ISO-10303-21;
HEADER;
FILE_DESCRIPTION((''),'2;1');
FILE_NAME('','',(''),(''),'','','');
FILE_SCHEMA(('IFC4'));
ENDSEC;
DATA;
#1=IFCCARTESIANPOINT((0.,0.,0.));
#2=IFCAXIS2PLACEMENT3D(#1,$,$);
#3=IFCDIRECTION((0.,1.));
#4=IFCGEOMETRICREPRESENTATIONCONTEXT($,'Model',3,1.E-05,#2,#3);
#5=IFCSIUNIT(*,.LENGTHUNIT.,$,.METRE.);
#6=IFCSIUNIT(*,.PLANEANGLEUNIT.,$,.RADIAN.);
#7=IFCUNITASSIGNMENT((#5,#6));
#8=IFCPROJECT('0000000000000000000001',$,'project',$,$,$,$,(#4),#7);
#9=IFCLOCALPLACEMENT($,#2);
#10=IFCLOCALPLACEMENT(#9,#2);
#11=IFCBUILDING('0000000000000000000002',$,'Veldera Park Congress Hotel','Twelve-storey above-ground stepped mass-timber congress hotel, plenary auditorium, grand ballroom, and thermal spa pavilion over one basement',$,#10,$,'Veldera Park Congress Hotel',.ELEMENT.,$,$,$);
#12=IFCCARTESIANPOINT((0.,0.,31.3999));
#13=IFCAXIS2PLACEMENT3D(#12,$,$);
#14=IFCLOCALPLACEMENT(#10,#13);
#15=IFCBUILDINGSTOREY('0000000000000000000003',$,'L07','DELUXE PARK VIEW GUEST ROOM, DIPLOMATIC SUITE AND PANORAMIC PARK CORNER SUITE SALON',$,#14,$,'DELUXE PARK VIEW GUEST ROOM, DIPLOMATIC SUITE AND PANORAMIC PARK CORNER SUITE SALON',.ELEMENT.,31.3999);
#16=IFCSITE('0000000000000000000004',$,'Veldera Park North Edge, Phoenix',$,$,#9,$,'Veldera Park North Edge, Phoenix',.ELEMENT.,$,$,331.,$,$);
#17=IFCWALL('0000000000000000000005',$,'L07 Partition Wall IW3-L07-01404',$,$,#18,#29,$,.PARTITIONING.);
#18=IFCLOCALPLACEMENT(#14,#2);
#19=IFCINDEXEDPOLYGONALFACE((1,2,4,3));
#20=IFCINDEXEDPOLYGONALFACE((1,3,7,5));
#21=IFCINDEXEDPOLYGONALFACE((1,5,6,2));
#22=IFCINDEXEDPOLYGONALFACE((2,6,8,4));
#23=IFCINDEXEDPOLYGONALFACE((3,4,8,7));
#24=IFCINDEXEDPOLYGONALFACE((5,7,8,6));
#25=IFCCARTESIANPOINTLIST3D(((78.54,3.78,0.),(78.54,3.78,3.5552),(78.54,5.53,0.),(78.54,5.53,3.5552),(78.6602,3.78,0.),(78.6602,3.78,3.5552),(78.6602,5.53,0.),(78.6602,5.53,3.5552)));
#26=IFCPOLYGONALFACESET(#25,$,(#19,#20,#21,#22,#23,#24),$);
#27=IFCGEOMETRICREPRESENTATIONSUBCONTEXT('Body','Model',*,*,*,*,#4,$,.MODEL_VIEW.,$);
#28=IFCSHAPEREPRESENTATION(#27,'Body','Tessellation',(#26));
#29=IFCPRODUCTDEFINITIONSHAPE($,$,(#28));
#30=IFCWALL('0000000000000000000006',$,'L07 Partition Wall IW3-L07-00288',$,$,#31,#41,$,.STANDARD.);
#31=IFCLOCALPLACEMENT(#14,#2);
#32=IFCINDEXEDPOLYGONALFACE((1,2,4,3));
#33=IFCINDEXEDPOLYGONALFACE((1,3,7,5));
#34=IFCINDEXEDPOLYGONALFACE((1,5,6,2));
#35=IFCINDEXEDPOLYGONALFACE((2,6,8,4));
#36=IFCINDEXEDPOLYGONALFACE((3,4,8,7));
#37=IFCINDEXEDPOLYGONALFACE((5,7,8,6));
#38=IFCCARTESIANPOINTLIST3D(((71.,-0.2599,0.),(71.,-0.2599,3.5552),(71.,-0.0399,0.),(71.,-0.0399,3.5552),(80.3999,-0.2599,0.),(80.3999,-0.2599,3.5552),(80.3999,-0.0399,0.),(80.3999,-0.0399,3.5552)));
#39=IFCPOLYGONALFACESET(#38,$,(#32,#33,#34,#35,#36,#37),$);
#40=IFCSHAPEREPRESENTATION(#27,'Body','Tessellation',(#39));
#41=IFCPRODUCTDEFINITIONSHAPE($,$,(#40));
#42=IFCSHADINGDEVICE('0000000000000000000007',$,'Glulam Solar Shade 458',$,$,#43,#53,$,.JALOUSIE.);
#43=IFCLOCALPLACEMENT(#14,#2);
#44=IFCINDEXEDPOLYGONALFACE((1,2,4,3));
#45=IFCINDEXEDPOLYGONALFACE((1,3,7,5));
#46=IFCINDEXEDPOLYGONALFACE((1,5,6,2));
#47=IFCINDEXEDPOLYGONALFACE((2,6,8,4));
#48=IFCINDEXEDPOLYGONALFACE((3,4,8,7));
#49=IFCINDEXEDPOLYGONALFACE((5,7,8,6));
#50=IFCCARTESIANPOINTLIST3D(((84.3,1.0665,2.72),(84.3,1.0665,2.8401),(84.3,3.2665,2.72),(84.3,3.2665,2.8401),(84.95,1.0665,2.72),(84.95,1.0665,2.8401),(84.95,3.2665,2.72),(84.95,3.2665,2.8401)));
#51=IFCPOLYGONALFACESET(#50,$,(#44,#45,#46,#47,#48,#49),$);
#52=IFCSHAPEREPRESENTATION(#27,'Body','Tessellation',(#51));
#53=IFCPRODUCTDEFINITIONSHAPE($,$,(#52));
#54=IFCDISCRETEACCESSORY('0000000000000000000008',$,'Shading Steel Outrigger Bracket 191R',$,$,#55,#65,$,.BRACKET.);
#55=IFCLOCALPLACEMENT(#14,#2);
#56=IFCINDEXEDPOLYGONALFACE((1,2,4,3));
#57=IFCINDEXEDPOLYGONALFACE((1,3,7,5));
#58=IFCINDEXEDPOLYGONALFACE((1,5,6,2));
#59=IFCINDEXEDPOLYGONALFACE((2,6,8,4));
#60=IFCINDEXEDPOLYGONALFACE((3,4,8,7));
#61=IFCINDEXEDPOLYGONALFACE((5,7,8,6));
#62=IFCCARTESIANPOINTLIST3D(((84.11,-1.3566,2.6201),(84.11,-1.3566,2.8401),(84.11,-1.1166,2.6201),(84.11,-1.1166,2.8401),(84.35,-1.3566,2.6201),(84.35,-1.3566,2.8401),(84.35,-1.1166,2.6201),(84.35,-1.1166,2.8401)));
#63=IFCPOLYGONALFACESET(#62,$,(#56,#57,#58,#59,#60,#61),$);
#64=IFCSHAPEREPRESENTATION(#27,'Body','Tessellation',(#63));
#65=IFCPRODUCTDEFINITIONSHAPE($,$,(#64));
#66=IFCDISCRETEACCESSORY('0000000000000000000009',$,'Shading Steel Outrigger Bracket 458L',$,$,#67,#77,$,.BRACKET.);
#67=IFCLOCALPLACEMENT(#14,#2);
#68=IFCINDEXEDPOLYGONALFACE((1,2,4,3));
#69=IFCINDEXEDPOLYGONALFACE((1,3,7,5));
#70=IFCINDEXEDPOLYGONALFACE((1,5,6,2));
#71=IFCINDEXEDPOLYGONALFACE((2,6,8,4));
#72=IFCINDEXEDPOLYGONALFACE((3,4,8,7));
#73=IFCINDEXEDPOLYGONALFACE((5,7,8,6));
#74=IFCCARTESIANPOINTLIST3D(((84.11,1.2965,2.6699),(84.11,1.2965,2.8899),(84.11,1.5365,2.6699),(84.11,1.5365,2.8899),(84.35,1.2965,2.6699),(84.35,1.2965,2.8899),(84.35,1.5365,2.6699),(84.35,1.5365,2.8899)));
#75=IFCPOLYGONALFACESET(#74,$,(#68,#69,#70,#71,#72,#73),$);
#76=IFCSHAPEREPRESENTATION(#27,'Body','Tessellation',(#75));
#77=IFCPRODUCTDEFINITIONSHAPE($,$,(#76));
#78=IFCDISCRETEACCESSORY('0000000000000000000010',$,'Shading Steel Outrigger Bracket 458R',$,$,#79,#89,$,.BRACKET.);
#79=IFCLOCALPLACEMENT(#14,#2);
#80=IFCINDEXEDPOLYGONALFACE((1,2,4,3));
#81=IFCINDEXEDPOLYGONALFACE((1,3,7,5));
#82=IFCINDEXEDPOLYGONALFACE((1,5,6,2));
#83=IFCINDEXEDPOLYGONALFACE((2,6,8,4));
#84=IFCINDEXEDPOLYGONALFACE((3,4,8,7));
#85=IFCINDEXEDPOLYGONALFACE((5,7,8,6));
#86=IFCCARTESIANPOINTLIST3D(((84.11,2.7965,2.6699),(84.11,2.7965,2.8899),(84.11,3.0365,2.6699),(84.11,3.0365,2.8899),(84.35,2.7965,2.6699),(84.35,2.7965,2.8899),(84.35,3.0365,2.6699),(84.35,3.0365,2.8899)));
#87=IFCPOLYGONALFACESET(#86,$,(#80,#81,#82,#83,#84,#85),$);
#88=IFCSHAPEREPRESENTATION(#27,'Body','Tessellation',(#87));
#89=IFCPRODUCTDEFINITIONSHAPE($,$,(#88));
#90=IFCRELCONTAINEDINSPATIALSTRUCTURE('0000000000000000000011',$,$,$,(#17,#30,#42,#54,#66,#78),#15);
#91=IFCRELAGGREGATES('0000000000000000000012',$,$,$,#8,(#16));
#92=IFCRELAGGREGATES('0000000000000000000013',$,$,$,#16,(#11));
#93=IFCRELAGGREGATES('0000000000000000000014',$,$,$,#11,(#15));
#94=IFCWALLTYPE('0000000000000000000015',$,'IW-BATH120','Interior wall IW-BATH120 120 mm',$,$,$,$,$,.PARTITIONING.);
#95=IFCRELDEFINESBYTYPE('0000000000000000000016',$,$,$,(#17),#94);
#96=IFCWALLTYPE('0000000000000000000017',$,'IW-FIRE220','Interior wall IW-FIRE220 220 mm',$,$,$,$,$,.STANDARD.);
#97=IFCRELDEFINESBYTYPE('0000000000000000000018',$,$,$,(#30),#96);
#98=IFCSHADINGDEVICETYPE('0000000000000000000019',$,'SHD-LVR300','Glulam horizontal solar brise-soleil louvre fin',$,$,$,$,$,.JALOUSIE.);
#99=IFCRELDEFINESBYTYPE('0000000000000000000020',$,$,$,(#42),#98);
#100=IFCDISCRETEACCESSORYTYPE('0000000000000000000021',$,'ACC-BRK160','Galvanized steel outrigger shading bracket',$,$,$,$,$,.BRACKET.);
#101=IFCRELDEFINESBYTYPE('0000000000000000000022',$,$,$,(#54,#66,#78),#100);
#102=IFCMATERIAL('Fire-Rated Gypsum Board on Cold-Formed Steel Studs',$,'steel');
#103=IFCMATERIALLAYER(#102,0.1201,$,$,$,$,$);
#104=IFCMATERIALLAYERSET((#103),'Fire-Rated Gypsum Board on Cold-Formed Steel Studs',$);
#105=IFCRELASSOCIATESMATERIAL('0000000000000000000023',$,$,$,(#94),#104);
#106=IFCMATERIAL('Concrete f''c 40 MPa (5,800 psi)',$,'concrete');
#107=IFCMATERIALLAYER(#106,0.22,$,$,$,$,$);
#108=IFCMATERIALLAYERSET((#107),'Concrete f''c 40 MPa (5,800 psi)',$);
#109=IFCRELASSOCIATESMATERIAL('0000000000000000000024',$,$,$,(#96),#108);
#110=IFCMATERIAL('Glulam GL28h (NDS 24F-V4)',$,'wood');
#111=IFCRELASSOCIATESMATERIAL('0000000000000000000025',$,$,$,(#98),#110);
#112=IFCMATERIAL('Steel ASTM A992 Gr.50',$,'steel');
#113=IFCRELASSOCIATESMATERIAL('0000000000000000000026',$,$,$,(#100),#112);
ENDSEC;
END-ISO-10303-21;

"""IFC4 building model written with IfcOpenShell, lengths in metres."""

from ifc_helpers import new_model, si_unit, direction, frame, frame_2d, origin, origin_2d, place, context, subcontext, project, spatial, rectangle, extrude, material, layer, layer_set, type_object, element, save


model = new_model("IFC4")

# Units and contexts
model_context = context("Model", 3, precision=1e-05, world=origin(), true_north=direction((0.0, 1.0)))
body_context = subcontext(model_context, "Body", "Model", "MODEL_VIEW")
ifc_project = project(units=[si_unit("LENGTHUNIT", "METRE"), si_unit("PLANEANGLEUNIT", "RADIAN")], contexts=[model_context])

# Site, building, storey
site_placement = place(None, origin())
site = spatial("IfcSite", under=ifc_project, at=site_placement, Name="Veldera Park North Edge, Phoenix", LongName="Veldera Park North Edge, Phoenix", CompositionType="ELEMENT", RefElevation=331.0)
building_placement = place(site_placement, origin())
building = spatial("IfcBuilding", under=site, at=building_placement, Name="Veldera Park Congress Hotel", Description="Twelve-storey above-ground stepped mass-timber congress hotel, plenary auditorium, grand ballroom, and thermal spa pavilion over one basement", LongName="Veldera Park Congress Hotel", CompositionType="ELEMENT")
storey_placement = place(building_placement, frame((0.0, 0.0, 31.3999)))
storey = spatial("IfcBuildingStorey", under=building, at=storey_placement, Name="L07", Description="DELUXE PARK VIEW GUEST ROOM, DIPLOMATIC SUITE AND PANORAMIC PARK CORNER SUITE SALON", LongName="DELUXE PARK VIEW GUEST ROOM, DIPLOMATIC SUITE AND PANORAMIC PARK CORNER SUITE SALON", CompositionType="ELEMENT", Elevation=31.3999)

# Shared definitions
ifc_material_1 = material(Name="Glulam GL28h (NDS 24F-V4)", Category="wood")

# Shared definitions
ifc_material_2 = material(Name="Fire-Rated Gypsum Board on Cold-Formed Steel Studs", Category="steel")
ifc_layer_1 = layer(ifc_material_2, 0.1201)
ifc_layer_set_1 = layer_set([ifc_layer_1], Name="Fire-Rated Gypsum Board on Cold-Formed Steel Studs")
wall_type_1 = type_object("IfcWallType", Name="IW-BATH120", Description="Interior wall IW-BATH120 120 mm", PredefinedType="PARTITIONING", material=ifc_layer_set_1)

# Walls
for number, where, z_axis, x_axis, name in (
    (1, (78.6001, 3.78, 0.0), (0.0, 0.0, 1.0), (0.0, 1.0, 0.0), "L07 Partition Wall IW3-L07-01404"),
):
    element("IfcWall", number, at=place(storey_placement, frame(where, z_axis=z_axis, x_axis=x_axis)), inside=storey, type_object=wall_type_1, Name=name, PredefinedType="PARTITIONING", context=body_context, shape_type="SweptSolid", body=[
        extrude(rectangle(XDim=1.75, YDim=0.1201, at=frame_2d((0.875, 0.0))), origin(), (0.0, 0.0, 1.0), 3.5552),
    ])
ifc_material_3 = material(Name="Concrete f'c 40 MPa (5,800 psi)", Category="concrete")
ifc_layer_2 = layer(ifc_material_3, 0.22)
ifc_layer_set_2 = layer_set([ifc_layer_2], Name="Concrete f'c 40 MPa (5,800 psi)")
wall_type_2 = type_object("IfcWallType", Name="IW-FIRE220", Description="Interior wall IW-FIRE220 220 mm", PredefinedType="STANDARD", material=ifc_layer_set_2)
wall_1_placement = place(storey_placement, frame((80.3999, -0.1499, 0.0), z_axis=(0.0, 0.0, 1.0), x_axis=(-1.0, 0.0, 0.0)))
element("IfcWall", 2, at=wall_1_placement, inside=storey, type_object=wall_type_2, Name="L07 Partition Wall IW3-L07-00288", PredefinedType="STANDARD", context=body_context, shape_type="SweptSolid", body=[
    extrude(rectangle(XDim=9.3999, YDim=0.22, at=frame_2d((4.7, 0.0))), origin(), (0.0, 0.0, 1.0), 3.5552),
])

# Shading device
shading_device_type = type_object("IfcShadingDeviceType", Name="SHD-LVR300", Description="Glulam horizontal solar brise-soleil louvre fin", PredefinedType="JALOUSIE", material=ifc_material_1)
shading_device_placement = place(storey_placement, frame((84.625, 2.1665, 2.72), z_axis=(0.0, 0.0, 1.0), x_axis=(0.0, 1.0, 0.0)))
element("IfcShadingDevice", 3, at=shading_device_placement, inside=storey, type_object=shading_device_type, Name="Glulam Solar Shade 458", PredefinedType="JALOUSIE", context=body_context, shape_type="SweptSolid", body=[
    extrude(rectangle(XDim=2.2, YDim=0.6499, at=origin_2d()), origin(), (0.0, 0.0, 1.0), 0.1201),
])

# Discrete accessories
ifc_material_4 = material(Name="Steel ASTM A992 Gr.50", Category="steel")
discrete_accessory_type = type_object("IfcDiscreteAccessoryType", Name="ACC-BRK160", Description="Galvanized steel outrigger shading bracket", PredefinedType="BRACKET", material=ifc_material_4)
for number, where, z_axis, x_axis, name in (
    (4, (84.23, -1.2366, 2.6201), (0.0, 0.0, 1.0), (0.0, 1.0, 0.0), "Shading Steel Outrigger Bracket 191R"),
    (5, (84.23, 1.4165, 2.6699), (0.0, 0.0, 1.0), (0.0, 1.0, 0.0), "Shading Steel Outrigger Bracket 458L"),
    (6, (84.23, 2.9165, 2.6699), (0.0, 0.0, 1.0), (0.0, 1.0, 0.0), "Shading Steel Outrigger Bracket 458R"),
):
    element("IfcDiscreteAccessory", number, at=place(storey_placement, frame(where, z_axis=z_axis, x_axis=x_axis)), inside=storey, type_object=discrete_accessory_type, Name=name, PredefinedType="BRACKET", context=body_context, shape_type="SweptSolid", body=[
        extrude(rectangle(XDim=0.24, YDim=0.24, at=origin_2d()), origin(), (0.0, 0.0, 1.0), 0.22),
    ])

save(model, "model.ifc")
